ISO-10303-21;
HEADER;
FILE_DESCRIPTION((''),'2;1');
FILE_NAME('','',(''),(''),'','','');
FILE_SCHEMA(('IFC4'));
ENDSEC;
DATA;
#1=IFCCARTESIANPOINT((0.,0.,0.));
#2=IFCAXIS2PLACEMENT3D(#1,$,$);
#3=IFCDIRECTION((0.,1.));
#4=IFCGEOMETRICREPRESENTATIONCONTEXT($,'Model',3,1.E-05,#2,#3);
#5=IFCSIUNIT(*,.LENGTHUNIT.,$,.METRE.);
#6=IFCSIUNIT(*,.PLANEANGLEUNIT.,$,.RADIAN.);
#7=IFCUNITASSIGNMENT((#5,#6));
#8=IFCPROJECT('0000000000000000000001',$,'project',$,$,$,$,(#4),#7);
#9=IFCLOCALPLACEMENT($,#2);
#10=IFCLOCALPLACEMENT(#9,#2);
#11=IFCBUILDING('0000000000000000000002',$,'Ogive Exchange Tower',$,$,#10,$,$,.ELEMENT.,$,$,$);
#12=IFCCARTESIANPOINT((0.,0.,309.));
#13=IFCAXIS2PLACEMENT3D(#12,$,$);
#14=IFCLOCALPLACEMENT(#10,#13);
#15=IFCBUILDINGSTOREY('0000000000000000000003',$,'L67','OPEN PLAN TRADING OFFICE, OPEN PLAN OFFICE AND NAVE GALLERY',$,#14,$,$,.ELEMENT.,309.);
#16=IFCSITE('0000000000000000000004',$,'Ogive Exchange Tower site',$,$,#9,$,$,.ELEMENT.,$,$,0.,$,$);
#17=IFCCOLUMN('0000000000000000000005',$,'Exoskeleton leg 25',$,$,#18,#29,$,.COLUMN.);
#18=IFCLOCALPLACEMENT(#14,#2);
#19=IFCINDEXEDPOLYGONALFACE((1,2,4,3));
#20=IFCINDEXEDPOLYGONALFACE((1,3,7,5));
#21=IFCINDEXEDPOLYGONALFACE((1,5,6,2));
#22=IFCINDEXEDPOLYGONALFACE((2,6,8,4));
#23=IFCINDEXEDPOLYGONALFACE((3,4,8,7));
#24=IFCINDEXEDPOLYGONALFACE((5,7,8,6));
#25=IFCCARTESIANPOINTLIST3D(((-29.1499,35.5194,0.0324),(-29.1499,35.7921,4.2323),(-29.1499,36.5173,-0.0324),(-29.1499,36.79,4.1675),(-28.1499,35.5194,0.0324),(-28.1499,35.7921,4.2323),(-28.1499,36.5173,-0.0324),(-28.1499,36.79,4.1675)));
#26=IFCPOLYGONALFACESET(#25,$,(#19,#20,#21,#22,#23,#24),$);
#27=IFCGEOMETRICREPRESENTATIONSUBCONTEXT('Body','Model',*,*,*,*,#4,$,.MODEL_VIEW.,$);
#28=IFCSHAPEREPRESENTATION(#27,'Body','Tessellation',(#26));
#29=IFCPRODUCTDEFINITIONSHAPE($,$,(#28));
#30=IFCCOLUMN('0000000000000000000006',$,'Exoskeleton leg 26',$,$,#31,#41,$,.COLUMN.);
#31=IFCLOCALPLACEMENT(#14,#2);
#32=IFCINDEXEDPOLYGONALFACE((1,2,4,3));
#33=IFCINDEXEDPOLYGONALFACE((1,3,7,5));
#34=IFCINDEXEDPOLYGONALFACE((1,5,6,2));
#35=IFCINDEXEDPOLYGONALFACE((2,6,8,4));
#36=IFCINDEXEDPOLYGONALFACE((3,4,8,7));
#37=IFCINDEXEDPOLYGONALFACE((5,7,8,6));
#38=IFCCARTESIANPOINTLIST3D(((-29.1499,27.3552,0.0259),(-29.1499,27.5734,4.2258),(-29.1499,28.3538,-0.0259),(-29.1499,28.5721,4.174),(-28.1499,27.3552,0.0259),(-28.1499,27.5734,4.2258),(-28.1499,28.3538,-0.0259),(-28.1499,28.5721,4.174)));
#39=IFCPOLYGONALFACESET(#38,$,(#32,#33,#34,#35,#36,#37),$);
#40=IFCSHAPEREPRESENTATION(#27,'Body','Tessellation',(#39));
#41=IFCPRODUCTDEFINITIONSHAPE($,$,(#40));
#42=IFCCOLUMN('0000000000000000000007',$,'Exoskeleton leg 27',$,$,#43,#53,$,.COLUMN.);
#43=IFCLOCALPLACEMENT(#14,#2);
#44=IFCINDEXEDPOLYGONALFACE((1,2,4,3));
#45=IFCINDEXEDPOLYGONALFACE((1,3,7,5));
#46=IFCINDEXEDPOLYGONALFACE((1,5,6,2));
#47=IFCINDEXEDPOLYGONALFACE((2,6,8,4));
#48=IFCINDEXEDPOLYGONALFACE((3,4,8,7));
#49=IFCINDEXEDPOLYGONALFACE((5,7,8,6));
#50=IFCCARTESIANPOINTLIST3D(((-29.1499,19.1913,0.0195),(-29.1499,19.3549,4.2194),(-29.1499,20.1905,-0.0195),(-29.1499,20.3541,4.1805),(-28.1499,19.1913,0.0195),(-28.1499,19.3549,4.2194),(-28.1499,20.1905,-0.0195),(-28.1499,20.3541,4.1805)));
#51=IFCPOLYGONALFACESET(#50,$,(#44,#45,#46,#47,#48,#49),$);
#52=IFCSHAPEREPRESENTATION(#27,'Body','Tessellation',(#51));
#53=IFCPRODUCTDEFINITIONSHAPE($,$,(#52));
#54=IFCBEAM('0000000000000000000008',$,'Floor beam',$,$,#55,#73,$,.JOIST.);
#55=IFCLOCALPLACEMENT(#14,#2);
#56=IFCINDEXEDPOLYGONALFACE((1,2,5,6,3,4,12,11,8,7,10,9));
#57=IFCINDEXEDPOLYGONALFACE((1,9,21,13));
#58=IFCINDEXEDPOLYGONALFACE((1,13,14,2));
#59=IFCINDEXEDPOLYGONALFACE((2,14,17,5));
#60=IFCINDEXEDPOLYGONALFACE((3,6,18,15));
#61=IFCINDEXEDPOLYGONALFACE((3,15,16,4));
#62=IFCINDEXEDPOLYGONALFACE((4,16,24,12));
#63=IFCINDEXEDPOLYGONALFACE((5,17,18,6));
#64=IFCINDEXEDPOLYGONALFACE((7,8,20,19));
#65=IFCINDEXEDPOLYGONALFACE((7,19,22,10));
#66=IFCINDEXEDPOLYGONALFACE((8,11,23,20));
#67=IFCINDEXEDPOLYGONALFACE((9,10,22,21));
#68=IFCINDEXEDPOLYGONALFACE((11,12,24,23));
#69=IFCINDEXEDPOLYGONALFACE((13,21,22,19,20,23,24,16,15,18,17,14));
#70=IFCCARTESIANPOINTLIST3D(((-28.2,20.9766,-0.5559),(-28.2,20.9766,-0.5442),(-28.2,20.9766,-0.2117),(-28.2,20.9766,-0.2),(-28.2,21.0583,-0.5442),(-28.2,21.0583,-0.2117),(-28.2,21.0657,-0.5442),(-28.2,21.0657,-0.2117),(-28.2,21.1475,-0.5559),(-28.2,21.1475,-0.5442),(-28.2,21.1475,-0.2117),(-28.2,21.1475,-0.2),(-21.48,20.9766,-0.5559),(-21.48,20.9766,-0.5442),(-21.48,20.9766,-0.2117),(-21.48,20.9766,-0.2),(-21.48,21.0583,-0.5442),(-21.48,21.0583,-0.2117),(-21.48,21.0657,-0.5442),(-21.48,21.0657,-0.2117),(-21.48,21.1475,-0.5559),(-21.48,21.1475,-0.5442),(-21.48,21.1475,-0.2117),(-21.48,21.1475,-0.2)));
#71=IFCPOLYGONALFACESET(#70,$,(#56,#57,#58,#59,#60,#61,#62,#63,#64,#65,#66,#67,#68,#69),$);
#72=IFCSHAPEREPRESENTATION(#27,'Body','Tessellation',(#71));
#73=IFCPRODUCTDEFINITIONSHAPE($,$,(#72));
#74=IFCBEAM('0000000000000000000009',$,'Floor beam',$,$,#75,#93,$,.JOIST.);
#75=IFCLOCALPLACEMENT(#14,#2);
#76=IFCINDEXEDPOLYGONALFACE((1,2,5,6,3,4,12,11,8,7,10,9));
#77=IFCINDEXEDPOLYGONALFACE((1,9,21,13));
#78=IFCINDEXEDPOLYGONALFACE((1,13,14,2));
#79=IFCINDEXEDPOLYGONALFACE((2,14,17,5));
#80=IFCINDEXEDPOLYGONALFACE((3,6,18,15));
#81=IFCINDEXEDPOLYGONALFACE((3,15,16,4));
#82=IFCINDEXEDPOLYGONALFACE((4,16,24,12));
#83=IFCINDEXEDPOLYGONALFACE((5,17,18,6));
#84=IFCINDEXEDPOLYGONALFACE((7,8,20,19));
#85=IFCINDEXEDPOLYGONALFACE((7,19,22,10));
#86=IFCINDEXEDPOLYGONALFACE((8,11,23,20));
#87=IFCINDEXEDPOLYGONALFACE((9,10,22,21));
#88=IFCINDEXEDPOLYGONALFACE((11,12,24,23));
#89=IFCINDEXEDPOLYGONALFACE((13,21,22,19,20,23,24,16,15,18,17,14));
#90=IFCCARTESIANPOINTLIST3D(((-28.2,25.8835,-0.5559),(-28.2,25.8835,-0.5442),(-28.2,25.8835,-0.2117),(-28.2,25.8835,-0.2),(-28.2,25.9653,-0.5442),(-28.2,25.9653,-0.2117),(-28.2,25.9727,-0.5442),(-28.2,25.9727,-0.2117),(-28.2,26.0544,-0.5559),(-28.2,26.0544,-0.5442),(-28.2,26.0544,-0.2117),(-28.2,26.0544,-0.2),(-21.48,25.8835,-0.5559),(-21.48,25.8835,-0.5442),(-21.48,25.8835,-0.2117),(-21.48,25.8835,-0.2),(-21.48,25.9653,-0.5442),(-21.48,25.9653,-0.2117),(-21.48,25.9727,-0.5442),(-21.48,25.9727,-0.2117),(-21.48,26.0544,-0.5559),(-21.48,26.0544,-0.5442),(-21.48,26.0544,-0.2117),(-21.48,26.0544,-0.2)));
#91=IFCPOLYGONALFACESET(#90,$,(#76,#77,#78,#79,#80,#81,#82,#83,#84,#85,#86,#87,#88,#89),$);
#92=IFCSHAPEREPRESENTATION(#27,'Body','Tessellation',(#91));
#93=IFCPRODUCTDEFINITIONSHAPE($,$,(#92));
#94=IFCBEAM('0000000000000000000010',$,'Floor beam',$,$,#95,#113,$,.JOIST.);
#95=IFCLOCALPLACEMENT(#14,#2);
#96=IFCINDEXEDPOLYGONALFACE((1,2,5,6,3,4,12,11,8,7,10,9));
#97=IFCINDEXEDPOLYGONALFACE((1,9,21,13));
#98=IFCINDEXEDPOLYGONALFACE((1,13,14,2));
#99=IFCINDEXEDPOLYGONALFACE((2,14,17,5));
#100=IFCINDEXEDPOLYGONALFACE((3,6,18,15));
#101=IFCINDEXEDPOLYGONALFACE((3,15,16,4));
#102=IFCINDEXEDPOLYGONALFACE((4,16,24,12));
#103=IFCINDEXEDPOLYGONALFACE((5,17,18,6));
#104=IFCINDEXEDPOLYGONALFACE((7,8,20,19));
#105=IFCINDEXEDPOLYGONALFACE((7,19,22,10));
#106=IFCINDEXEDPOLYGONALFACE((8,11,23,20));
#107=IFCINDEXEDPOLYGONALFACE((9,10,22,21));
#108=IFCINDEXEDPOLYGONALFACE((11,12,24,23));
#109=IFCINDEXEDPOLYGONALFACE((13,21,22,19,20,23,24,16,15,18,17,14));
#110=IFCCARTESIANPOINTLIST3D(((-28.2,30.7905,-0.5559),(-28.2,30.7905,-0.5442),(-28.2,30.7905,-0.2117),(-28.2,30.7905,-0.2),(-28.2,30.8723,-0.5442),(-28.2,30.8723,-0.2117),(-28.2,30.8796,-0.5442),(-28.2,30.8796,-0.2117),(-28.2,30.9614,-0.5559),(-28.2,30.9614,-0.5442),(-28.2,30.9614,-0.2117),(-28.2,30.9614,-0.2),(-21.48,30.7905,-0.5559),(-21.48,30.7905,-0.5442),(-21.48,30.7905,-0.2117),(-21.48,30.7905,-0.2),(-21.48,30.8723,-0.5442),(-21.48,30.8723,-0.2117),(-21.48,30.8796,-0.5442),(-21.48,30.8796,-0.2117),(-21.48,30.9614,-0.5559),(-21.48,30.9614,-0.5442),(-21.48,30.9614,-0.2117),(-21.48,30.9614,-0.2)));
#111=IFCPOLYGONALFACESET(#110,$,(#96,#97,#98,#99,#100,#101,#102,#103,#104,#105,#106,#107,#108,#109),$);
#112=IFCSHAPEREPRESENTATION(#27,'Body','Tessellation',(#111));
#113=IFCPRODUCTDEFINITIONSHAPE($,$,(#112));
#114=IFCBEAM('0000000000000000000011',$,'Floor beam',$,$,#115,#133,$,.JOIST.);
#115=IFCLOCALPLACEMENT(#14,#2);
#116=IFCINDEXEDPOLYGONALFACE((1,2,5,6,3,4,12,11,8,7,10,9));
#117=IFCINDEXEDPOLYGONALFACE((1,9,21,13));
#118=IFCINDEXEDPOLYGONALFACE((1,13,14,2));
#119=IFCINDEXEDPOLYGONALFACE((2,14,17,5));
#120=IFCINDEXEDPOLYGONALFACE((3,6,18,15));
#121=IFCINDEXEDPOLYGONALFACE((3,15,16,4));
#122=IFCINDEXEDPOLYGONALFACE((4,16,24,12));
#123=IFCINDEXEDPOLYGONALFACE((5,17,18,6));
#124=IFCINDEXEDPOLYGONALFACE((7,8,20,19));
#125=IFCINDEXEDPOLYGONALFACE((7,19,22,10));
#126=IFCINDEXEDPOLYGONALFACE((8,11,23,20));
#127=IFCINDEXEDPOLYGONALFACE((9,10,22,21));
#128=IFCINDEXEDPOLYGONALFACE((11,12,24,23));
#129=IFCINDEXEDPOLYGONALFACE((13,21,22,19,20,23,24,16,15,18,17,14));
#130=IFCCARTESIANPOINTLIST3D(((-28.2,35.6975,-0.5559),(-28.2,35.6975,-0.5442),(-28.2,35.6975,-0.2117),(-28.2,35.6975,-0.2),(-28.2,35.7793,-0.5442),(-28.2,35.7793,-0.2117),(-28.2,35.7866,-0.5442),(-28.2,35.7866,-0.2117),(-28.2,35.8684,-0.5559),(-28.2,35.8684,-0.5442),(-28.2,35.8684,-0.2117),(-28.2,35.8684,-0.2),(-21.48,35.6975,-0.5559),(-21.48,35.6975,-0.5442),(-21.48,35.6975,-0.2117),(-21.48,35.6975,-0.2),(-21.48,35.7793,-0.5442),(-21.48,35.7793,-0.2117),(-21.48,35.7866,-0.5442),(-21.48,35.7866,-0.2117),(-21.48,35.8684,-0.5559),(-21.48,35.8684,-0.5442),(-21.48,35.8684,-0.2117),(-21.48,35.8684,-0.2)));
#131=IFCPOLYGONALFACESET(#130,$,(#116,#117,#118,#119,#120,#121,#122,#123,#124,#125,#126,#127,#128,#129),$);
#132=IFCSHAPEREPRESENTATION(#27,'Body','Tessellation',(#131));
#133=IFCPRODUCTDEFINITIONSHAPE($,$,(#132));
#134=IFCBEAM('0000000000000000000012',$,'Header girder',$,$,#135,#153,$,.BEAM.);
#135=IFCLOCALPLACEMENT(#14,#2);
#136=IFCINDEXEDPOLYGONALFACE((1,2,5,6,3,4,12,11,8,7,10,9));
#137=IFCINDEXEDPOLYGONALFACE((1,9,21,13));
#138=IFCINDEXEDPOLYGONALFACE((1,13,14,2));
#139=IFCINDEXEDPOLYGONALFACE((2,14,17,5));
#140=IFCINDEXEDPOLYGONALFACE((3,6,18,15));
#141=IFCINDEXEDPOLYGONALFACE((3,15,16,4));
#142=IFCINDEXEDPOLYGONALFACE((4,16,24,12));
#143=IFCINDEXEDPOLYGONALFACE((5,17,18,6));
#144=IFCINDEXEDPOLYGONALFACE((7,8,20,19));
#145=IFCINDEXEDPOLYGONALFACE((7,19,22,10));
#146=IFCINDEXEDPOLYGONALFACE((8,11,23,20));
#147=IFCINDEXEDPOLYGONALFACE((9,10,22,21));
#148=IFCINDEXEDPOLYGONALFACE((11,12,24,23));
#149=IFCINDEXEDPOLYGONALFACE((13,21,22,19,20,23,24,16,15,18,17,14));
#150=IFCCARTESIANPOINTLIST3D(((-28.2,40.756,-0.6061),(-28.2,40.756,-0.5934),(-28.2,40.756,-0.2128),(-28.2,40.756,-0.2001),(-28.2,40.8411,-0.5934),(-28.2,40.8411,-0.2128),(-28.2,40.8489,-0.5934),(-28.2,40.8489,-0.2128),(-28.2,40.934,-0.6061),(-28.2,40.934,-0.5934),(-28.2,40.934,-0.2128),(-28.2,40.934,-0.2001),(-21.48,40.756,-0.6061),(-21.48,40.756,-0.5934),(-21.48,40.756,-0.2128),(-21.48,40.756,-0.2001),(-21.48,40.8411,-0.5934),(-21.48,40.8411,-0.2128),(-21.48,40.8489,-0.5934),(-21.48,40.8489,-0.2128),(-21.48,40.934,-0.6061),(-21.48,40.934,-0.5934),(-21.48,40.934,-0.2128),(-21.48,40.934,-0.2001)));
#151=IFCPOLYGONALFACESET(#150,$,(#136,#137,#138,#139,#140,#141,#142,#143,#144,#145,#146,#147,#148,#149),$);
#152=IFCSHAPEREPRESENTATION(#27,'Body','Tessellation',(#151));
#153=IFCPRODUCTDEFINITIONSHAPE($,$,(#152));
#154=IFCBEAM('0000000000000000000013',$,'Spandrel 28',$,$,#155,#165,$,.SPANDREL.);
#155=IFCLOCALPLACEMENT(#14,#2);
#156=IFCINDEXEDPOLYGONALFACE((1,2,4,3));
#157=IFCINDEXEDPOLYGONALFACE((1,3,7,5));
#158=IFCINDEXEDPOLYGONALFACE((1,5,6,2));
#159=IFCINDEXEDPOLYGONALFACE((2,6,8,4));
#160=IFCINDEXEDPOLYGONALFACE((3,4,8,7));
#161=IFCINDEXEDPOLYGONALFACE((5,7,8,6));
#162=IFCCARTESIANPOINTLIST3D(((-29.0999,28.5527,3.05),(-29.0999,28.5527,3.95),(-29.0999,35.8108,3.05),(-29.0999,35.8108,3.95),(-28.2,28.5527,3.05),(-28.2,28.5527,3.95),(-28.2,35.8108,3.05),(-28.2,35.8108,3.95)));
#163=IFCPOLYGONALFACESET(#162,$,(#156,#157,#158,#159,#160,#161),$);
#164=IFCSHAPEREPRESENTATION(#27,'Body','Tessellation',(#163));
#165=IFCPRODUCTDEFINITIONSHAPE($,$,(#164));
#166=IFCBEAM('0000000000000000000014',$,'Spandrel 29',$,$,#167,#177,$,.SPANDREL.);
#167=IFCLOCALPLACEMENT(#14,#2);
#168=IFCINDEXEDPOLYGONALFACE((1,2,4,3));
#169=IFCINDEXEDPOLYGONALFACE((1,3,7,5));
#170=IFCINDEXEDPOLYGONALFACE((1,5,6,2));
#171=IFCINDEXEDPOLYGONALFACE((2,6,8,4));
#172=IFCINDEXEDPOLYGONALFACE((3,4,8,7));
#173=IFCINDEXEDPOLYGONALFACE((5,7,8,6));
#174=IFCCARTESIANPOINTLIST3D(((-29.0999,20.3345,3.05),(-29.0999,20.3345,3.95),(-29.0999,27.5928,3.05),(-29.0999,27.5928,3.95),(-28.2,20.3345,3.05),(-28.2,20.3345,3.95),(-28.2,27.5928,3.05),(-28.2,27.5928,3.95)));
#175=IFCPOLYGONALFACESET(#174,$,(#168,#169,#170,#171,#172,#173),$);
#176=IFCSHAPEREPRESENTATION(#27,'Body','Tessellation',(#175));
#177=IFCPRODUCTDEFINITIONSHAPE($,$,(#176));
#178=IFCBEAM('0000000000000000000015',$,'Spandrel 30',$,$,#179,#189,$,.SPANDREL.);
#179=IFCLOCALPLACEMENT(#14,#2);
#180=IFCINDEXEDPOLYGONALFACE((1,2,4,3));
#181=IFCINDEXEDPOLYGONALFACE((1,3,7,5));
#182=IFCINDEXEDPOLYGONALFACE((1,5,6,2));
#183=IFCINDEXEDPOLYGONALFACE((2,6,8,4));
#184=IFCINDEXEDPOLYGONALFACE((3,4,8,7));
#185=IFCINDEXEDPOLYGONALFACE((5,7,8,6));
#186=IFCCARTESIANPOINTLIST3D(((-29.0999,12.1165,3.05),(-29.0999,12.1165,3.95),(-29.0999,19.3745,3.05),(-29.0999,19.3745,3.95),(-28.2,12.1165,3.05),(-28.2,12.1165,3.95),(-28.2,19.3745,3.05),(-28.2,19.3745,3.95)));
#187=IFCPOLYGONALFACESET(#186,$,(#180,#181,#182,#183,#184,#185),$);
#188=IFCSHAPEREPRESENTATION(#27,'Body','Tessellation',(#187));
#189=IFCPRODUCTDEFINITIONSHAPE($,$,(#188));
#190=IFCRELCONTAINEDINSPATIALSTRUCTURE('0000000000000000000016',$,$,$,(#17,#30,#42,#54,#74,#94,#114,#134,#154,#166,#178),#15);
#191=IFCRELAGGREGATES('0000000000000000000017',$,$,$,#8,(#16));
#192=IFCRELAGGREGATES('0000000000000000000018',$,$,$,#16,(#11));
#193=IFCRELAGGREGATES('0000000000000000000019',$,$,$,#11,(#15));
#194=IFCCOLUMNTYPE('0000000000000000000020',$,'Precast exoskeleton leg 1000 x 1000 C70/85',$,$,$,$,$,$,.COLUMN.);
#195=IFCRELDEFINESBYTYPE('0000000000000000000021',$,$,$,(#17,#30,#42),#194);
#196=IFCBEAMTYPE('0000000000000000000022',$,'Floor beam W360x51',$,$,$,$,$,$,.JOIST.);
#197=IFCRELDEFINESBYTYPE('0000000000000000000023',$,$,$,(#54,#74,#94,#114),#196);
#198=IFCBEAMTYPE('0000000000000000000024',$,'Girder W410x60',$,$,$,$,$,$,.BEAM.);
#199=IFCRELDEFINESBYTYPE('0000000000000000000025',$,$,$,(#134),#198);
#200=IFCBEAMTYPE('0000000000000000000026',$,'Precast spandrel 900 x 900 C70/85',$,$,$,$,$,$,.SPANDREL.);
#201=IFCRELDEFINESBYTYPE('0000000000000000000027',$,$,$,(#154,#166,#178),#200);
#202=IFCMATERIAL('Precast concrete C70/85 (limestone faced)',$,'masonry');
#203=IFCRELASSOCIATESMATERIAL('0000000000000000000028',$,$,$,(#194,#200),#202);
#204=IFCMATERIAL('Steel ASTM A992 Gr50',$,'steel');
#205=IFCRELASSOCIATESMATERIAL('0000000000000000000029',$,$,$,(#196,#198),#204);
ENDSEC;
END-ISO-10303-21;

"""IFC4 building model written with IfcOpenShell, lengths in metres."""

from ifc_helpers import new_model, si_unit, direction, frame, origin, origin_2d, place, context, subcontext, project, spatial, rectangle, i_section, extrude, material, material_profile, profile_set, type_object, element, save


model = new_model("IFC4")

# Units and contexts
model_context = context("Model", 3, precision=1e-05, world=origin(), true_north=direction((0.0, 1.0)))
body_context = subcontext(model_context, "Body", "Model", "MODEL_VIEW")
ifc_project = project(units=[si_unit("LENGTHUNIT", "METRE"), si_unit("PLANEANGLEUNIT", "RADIAN")], contexts=[model_context])

# Site, building, storey
site_placement = place(None, origin())
site = spatial("IfcSite", under=ifc_project, at=site_placement, Name="Ogive Exchange Tower site", CompositionType="ELEMENT", RefElevation=0.0)
building_placement = place(site_placement, origin())
building = spatial("IfcBuilding", under=site, at=building_placement, Name="Ogive Exchange Tower", CompositionType="ELEMENT")
storey_placement = place(building_placement, frame((0.0, 0.0, 309.0)))
storey = spatial("IfcBuildingStorey", under=building, at=storey_placement, Name="L67", Description="OPEN PLAN TRADING OFFICE, OPEN PLAN OFFICE AND NAVE GALLERY", CompositionType="ELEMENT", Elevation=309.0)

# Columns
ifc_material_1 = material(Name="Precast concrete C70/85 (limestone faced)", Category="masonry")
ifc_material_profile_1 = material_profile(ifc_material_1, rectangle(XDim=1.0, YDim=1.0, at=origin_2d()), Name="1000 x 1000")
ifc_profile_set_1 = profile_set([ifc_material_profile_1], Name="Precast concrete C70/85 (limestone faced)")
column_type = type_object("IfcColumnType", Name="Precast exoskeleton leg 1000 x 1000 C70/85", PredefinedType="COLUMN", material=ifc_profile_set_1)
column_1_placement = place(storey_placement, frame((-28.6499, 36.0183, 0.0), z_axis=(0.0, 0.064794, 0.997899), x_axis=(-1.0, 0.0, 0.0)))
element("IfcColumn", 1, at=column_1_placement, inside=storey, type_object=column_type, Name="Exoskeleton leg 25", PredefinedType="COLUMN", context=body_context, shape_type="SweptSolid", body=[
    extrude(rectangle(XDim=1.0, YDim=1.0, at=origin_2d()), origin(), (0.0, 0.0, 1.0), 4.2087),
])
column_2_placement = place(storey_placement, frame((-28.6499, 27.8545, 0.0), z_axis=(0.0, 0.051898, 0.998652), x_axis=(-1.0, 0.0, 0.0)))
element("IfcColumn", 2, at=column_2_placement, inside=storey, type_object=column_type, Name="Exoskeleton leg 26", PredefinedType="COLUMN", context=body_context, shape_type="SweptSolid", body=[
    extrude(rectangle(XDim=1.0, YDim=1.0, at=origin_2d()), origin(), (0.0, 0.0, 1.0), 4.2056),
])
column_3_placement = place(storey_placement, frame((-28.6499, 19.6909, 0.0), z_axis=(0.0, 0.038917, 0.999242), x_axis=(-1.0, 0.0, 0.0)))
element("IfcColumn", 3, at=column_3_placement, inside=storey, type_object=column_type, Name="Exoskeleton leg 27", PredefinedType="COLUMN", context=body_context, shape_type="SweptSolid", body=[
    extrude(rectangle(XDim=1.0, YDim=1.0, at=origin_2d()), origin(), (0.0, 0.0, 1.0), 4.2031),
])

# Beams
ifc_material_2 = material(Name="Steel ASTM A992 Gr50", Category="steel")
ifc_material_profile_2 = material_profile(ifc_material_2, i_section(OverallWidth=0.1709, OverallDepth=0.356, WebThickness=0.0073, FlangeThickness=0.0117, at=origin_2d()), Name="W360x51")
ifc_profile_set_2 = profile_set([ifc_material_profile_2], Name="Steel ASTM A992 Gr50")
beam_type_1 = type_object("IfcBeamType", Name="Floor beam W360x51", PredefinedType="JOIST", material=ifc_profile_set_2)
for number, where, z_axis, x_axis, name in (
    (4, (-28.2, 21.062, -0.3779), (1.0, 0.0, 0.0), (0.0, 1.0, 0.0), "Floor beam"),
    (5, (-28.2, 25.969, -0.3779), (1.0, 0.0, 0.0), (0.0, 1.0, 0.0), "Floor beam"),
    (6, (-28.2, 30.876, -0.3779), (1.0, 0.0, 0.0), (0.0, 1.0, 0.0), "Floor beam"),
    (7, (-28.2, 35.783, -0.3779), (1.0, 0.0, 0.0), (0.0, 1.0, 0.0), "Floor beam"),
):
    element("IfcBeam", number, at=place(storey_placement, frame(where, z_axis=z_axis, x_axis=x_axis)), inside=storey, type_object=beam_type_1, Name=name, PredefinedType="JOIST", context=body_context, shape_type="SweptSolid", body=[
        extrude(i_section(OverallWidth=0.1709, OverallDepth=0.356, WebThickness=0.0073, FlangeThickness=0.0117, at=origin_2d()), origin(), (0.0, 0.0, 1.0), 6.72),
    ])
ifc_material_profile_3 = material_profile(ifc_material_2, i_section(OverallWidth=0.178, OverallDepth=0.406, WebThickness=0.0078, FlangeThickness=0.0127, at=origin_2d()), Name="W410x60")
ifc_profile_set_3 = profile_set([ifc_material_profile_3], Name="Steel ASTM A992 Gr50")
beam_type_2 = type_object("IfcBeamType", Name="Girder W410x60", PredefinedType="BEAM", material=ifc_profile_set_3)
beam_1_placement = place(storey_placement, frame((-28.2, 40.845, -0.4031), z_axis=(1.0, 0.0, 0.0), x_axis=(0.0, 1.0, 0.0)))
element("IfcBeam", 8, at=beam_1_placement, inside=storey, type_object=beam_type_2, Name="Header girder", PredefinedType="BEAM", context=body_context, shape_type="SweptSolid", body=[
    extrude(i_section(OverallWidth=0.178, OverallDepth=0.406, WebThickness=0.0078, FlangeThickness=0.0127, at=origin_2d()), origin(), (0.0, 0.0, 1.0), 6.72),
])
ifc_material_profile_4 = material_profile(ifc_material_1, rectangle(XDim=0.8999, YDim=0.8999, at=origin_2d()), Name="900 x 900")
ifc_profile_set_4 = profile_set([ifc_material_profile_4], Name="Precast concrete C70/85 (limestone faced)")
beam_type_3 = type_object("IfcBeamType", Name="Precast spandrel 900 x 900 C70/85", PredefinedType="SPANDREL", material=ifc_profile_set_4)
beam_2_placement = place(storey_placement, frame((-28.6499, 35.8108, 3.5), z_axis=(0.0, -1.0, 0.0), x_axis=(1.0, 0.0, 0.0)))
element("IfcBeam", 9, at=beam_2_placement, inside=storey, type_object=beam_type_3, Name="Spandrel 28", PredefinedType="SPANDREL", context=body_context, shape_type="SweptSolid", body=[
    extrude(rectangle(XDim=0.8999, YDim=0.8999, at=origin_2d()), origin(), (0.0, 0.0, 1.0), 7.2581),
])
beam_3_placement = place(storey_placement, frame((-28.6499, 27.5928, 3.5), z_axis=(0.0, -1.0, 0.0), x_axis=(1.0, 0.0, 0.0)))
element("IfcBeam", 10, at=beam_3_placement, inside=storey, type_object=beam_type_3, Name="Spandrel 29", PredefinedType="SPANDREL", context=body_context, shape_type="SweptSolid", body=[
    extrude(rectangle(XDim=0.8999, YDim=0.8999, at=origin_2d()), origin(), (0.0, 0.0, 1.0), 7.2583),
])
beam_4_placement = place(storey_placement, frame((-28.6499, 19.3745, 3.5), z_axis=(0.0, -1.0, 0.0), x_axis=(1.0, 0.0, 0.0)))
element("IfcBeam", 11, at=beam_4_placement, inside=storey, type_object=beam_type_3, Name="Spandrel 30", PredefinedType="SPANDREL", context=body_context, shape_type="SweptSolid", body=[
    extrude(rectangle(XDim=0.8999, YDim=0.8999, at=origin_2d()), origin(), (0.0, 0.0, 1.0), 7.2581),
])

save(model, "model.ifc")
